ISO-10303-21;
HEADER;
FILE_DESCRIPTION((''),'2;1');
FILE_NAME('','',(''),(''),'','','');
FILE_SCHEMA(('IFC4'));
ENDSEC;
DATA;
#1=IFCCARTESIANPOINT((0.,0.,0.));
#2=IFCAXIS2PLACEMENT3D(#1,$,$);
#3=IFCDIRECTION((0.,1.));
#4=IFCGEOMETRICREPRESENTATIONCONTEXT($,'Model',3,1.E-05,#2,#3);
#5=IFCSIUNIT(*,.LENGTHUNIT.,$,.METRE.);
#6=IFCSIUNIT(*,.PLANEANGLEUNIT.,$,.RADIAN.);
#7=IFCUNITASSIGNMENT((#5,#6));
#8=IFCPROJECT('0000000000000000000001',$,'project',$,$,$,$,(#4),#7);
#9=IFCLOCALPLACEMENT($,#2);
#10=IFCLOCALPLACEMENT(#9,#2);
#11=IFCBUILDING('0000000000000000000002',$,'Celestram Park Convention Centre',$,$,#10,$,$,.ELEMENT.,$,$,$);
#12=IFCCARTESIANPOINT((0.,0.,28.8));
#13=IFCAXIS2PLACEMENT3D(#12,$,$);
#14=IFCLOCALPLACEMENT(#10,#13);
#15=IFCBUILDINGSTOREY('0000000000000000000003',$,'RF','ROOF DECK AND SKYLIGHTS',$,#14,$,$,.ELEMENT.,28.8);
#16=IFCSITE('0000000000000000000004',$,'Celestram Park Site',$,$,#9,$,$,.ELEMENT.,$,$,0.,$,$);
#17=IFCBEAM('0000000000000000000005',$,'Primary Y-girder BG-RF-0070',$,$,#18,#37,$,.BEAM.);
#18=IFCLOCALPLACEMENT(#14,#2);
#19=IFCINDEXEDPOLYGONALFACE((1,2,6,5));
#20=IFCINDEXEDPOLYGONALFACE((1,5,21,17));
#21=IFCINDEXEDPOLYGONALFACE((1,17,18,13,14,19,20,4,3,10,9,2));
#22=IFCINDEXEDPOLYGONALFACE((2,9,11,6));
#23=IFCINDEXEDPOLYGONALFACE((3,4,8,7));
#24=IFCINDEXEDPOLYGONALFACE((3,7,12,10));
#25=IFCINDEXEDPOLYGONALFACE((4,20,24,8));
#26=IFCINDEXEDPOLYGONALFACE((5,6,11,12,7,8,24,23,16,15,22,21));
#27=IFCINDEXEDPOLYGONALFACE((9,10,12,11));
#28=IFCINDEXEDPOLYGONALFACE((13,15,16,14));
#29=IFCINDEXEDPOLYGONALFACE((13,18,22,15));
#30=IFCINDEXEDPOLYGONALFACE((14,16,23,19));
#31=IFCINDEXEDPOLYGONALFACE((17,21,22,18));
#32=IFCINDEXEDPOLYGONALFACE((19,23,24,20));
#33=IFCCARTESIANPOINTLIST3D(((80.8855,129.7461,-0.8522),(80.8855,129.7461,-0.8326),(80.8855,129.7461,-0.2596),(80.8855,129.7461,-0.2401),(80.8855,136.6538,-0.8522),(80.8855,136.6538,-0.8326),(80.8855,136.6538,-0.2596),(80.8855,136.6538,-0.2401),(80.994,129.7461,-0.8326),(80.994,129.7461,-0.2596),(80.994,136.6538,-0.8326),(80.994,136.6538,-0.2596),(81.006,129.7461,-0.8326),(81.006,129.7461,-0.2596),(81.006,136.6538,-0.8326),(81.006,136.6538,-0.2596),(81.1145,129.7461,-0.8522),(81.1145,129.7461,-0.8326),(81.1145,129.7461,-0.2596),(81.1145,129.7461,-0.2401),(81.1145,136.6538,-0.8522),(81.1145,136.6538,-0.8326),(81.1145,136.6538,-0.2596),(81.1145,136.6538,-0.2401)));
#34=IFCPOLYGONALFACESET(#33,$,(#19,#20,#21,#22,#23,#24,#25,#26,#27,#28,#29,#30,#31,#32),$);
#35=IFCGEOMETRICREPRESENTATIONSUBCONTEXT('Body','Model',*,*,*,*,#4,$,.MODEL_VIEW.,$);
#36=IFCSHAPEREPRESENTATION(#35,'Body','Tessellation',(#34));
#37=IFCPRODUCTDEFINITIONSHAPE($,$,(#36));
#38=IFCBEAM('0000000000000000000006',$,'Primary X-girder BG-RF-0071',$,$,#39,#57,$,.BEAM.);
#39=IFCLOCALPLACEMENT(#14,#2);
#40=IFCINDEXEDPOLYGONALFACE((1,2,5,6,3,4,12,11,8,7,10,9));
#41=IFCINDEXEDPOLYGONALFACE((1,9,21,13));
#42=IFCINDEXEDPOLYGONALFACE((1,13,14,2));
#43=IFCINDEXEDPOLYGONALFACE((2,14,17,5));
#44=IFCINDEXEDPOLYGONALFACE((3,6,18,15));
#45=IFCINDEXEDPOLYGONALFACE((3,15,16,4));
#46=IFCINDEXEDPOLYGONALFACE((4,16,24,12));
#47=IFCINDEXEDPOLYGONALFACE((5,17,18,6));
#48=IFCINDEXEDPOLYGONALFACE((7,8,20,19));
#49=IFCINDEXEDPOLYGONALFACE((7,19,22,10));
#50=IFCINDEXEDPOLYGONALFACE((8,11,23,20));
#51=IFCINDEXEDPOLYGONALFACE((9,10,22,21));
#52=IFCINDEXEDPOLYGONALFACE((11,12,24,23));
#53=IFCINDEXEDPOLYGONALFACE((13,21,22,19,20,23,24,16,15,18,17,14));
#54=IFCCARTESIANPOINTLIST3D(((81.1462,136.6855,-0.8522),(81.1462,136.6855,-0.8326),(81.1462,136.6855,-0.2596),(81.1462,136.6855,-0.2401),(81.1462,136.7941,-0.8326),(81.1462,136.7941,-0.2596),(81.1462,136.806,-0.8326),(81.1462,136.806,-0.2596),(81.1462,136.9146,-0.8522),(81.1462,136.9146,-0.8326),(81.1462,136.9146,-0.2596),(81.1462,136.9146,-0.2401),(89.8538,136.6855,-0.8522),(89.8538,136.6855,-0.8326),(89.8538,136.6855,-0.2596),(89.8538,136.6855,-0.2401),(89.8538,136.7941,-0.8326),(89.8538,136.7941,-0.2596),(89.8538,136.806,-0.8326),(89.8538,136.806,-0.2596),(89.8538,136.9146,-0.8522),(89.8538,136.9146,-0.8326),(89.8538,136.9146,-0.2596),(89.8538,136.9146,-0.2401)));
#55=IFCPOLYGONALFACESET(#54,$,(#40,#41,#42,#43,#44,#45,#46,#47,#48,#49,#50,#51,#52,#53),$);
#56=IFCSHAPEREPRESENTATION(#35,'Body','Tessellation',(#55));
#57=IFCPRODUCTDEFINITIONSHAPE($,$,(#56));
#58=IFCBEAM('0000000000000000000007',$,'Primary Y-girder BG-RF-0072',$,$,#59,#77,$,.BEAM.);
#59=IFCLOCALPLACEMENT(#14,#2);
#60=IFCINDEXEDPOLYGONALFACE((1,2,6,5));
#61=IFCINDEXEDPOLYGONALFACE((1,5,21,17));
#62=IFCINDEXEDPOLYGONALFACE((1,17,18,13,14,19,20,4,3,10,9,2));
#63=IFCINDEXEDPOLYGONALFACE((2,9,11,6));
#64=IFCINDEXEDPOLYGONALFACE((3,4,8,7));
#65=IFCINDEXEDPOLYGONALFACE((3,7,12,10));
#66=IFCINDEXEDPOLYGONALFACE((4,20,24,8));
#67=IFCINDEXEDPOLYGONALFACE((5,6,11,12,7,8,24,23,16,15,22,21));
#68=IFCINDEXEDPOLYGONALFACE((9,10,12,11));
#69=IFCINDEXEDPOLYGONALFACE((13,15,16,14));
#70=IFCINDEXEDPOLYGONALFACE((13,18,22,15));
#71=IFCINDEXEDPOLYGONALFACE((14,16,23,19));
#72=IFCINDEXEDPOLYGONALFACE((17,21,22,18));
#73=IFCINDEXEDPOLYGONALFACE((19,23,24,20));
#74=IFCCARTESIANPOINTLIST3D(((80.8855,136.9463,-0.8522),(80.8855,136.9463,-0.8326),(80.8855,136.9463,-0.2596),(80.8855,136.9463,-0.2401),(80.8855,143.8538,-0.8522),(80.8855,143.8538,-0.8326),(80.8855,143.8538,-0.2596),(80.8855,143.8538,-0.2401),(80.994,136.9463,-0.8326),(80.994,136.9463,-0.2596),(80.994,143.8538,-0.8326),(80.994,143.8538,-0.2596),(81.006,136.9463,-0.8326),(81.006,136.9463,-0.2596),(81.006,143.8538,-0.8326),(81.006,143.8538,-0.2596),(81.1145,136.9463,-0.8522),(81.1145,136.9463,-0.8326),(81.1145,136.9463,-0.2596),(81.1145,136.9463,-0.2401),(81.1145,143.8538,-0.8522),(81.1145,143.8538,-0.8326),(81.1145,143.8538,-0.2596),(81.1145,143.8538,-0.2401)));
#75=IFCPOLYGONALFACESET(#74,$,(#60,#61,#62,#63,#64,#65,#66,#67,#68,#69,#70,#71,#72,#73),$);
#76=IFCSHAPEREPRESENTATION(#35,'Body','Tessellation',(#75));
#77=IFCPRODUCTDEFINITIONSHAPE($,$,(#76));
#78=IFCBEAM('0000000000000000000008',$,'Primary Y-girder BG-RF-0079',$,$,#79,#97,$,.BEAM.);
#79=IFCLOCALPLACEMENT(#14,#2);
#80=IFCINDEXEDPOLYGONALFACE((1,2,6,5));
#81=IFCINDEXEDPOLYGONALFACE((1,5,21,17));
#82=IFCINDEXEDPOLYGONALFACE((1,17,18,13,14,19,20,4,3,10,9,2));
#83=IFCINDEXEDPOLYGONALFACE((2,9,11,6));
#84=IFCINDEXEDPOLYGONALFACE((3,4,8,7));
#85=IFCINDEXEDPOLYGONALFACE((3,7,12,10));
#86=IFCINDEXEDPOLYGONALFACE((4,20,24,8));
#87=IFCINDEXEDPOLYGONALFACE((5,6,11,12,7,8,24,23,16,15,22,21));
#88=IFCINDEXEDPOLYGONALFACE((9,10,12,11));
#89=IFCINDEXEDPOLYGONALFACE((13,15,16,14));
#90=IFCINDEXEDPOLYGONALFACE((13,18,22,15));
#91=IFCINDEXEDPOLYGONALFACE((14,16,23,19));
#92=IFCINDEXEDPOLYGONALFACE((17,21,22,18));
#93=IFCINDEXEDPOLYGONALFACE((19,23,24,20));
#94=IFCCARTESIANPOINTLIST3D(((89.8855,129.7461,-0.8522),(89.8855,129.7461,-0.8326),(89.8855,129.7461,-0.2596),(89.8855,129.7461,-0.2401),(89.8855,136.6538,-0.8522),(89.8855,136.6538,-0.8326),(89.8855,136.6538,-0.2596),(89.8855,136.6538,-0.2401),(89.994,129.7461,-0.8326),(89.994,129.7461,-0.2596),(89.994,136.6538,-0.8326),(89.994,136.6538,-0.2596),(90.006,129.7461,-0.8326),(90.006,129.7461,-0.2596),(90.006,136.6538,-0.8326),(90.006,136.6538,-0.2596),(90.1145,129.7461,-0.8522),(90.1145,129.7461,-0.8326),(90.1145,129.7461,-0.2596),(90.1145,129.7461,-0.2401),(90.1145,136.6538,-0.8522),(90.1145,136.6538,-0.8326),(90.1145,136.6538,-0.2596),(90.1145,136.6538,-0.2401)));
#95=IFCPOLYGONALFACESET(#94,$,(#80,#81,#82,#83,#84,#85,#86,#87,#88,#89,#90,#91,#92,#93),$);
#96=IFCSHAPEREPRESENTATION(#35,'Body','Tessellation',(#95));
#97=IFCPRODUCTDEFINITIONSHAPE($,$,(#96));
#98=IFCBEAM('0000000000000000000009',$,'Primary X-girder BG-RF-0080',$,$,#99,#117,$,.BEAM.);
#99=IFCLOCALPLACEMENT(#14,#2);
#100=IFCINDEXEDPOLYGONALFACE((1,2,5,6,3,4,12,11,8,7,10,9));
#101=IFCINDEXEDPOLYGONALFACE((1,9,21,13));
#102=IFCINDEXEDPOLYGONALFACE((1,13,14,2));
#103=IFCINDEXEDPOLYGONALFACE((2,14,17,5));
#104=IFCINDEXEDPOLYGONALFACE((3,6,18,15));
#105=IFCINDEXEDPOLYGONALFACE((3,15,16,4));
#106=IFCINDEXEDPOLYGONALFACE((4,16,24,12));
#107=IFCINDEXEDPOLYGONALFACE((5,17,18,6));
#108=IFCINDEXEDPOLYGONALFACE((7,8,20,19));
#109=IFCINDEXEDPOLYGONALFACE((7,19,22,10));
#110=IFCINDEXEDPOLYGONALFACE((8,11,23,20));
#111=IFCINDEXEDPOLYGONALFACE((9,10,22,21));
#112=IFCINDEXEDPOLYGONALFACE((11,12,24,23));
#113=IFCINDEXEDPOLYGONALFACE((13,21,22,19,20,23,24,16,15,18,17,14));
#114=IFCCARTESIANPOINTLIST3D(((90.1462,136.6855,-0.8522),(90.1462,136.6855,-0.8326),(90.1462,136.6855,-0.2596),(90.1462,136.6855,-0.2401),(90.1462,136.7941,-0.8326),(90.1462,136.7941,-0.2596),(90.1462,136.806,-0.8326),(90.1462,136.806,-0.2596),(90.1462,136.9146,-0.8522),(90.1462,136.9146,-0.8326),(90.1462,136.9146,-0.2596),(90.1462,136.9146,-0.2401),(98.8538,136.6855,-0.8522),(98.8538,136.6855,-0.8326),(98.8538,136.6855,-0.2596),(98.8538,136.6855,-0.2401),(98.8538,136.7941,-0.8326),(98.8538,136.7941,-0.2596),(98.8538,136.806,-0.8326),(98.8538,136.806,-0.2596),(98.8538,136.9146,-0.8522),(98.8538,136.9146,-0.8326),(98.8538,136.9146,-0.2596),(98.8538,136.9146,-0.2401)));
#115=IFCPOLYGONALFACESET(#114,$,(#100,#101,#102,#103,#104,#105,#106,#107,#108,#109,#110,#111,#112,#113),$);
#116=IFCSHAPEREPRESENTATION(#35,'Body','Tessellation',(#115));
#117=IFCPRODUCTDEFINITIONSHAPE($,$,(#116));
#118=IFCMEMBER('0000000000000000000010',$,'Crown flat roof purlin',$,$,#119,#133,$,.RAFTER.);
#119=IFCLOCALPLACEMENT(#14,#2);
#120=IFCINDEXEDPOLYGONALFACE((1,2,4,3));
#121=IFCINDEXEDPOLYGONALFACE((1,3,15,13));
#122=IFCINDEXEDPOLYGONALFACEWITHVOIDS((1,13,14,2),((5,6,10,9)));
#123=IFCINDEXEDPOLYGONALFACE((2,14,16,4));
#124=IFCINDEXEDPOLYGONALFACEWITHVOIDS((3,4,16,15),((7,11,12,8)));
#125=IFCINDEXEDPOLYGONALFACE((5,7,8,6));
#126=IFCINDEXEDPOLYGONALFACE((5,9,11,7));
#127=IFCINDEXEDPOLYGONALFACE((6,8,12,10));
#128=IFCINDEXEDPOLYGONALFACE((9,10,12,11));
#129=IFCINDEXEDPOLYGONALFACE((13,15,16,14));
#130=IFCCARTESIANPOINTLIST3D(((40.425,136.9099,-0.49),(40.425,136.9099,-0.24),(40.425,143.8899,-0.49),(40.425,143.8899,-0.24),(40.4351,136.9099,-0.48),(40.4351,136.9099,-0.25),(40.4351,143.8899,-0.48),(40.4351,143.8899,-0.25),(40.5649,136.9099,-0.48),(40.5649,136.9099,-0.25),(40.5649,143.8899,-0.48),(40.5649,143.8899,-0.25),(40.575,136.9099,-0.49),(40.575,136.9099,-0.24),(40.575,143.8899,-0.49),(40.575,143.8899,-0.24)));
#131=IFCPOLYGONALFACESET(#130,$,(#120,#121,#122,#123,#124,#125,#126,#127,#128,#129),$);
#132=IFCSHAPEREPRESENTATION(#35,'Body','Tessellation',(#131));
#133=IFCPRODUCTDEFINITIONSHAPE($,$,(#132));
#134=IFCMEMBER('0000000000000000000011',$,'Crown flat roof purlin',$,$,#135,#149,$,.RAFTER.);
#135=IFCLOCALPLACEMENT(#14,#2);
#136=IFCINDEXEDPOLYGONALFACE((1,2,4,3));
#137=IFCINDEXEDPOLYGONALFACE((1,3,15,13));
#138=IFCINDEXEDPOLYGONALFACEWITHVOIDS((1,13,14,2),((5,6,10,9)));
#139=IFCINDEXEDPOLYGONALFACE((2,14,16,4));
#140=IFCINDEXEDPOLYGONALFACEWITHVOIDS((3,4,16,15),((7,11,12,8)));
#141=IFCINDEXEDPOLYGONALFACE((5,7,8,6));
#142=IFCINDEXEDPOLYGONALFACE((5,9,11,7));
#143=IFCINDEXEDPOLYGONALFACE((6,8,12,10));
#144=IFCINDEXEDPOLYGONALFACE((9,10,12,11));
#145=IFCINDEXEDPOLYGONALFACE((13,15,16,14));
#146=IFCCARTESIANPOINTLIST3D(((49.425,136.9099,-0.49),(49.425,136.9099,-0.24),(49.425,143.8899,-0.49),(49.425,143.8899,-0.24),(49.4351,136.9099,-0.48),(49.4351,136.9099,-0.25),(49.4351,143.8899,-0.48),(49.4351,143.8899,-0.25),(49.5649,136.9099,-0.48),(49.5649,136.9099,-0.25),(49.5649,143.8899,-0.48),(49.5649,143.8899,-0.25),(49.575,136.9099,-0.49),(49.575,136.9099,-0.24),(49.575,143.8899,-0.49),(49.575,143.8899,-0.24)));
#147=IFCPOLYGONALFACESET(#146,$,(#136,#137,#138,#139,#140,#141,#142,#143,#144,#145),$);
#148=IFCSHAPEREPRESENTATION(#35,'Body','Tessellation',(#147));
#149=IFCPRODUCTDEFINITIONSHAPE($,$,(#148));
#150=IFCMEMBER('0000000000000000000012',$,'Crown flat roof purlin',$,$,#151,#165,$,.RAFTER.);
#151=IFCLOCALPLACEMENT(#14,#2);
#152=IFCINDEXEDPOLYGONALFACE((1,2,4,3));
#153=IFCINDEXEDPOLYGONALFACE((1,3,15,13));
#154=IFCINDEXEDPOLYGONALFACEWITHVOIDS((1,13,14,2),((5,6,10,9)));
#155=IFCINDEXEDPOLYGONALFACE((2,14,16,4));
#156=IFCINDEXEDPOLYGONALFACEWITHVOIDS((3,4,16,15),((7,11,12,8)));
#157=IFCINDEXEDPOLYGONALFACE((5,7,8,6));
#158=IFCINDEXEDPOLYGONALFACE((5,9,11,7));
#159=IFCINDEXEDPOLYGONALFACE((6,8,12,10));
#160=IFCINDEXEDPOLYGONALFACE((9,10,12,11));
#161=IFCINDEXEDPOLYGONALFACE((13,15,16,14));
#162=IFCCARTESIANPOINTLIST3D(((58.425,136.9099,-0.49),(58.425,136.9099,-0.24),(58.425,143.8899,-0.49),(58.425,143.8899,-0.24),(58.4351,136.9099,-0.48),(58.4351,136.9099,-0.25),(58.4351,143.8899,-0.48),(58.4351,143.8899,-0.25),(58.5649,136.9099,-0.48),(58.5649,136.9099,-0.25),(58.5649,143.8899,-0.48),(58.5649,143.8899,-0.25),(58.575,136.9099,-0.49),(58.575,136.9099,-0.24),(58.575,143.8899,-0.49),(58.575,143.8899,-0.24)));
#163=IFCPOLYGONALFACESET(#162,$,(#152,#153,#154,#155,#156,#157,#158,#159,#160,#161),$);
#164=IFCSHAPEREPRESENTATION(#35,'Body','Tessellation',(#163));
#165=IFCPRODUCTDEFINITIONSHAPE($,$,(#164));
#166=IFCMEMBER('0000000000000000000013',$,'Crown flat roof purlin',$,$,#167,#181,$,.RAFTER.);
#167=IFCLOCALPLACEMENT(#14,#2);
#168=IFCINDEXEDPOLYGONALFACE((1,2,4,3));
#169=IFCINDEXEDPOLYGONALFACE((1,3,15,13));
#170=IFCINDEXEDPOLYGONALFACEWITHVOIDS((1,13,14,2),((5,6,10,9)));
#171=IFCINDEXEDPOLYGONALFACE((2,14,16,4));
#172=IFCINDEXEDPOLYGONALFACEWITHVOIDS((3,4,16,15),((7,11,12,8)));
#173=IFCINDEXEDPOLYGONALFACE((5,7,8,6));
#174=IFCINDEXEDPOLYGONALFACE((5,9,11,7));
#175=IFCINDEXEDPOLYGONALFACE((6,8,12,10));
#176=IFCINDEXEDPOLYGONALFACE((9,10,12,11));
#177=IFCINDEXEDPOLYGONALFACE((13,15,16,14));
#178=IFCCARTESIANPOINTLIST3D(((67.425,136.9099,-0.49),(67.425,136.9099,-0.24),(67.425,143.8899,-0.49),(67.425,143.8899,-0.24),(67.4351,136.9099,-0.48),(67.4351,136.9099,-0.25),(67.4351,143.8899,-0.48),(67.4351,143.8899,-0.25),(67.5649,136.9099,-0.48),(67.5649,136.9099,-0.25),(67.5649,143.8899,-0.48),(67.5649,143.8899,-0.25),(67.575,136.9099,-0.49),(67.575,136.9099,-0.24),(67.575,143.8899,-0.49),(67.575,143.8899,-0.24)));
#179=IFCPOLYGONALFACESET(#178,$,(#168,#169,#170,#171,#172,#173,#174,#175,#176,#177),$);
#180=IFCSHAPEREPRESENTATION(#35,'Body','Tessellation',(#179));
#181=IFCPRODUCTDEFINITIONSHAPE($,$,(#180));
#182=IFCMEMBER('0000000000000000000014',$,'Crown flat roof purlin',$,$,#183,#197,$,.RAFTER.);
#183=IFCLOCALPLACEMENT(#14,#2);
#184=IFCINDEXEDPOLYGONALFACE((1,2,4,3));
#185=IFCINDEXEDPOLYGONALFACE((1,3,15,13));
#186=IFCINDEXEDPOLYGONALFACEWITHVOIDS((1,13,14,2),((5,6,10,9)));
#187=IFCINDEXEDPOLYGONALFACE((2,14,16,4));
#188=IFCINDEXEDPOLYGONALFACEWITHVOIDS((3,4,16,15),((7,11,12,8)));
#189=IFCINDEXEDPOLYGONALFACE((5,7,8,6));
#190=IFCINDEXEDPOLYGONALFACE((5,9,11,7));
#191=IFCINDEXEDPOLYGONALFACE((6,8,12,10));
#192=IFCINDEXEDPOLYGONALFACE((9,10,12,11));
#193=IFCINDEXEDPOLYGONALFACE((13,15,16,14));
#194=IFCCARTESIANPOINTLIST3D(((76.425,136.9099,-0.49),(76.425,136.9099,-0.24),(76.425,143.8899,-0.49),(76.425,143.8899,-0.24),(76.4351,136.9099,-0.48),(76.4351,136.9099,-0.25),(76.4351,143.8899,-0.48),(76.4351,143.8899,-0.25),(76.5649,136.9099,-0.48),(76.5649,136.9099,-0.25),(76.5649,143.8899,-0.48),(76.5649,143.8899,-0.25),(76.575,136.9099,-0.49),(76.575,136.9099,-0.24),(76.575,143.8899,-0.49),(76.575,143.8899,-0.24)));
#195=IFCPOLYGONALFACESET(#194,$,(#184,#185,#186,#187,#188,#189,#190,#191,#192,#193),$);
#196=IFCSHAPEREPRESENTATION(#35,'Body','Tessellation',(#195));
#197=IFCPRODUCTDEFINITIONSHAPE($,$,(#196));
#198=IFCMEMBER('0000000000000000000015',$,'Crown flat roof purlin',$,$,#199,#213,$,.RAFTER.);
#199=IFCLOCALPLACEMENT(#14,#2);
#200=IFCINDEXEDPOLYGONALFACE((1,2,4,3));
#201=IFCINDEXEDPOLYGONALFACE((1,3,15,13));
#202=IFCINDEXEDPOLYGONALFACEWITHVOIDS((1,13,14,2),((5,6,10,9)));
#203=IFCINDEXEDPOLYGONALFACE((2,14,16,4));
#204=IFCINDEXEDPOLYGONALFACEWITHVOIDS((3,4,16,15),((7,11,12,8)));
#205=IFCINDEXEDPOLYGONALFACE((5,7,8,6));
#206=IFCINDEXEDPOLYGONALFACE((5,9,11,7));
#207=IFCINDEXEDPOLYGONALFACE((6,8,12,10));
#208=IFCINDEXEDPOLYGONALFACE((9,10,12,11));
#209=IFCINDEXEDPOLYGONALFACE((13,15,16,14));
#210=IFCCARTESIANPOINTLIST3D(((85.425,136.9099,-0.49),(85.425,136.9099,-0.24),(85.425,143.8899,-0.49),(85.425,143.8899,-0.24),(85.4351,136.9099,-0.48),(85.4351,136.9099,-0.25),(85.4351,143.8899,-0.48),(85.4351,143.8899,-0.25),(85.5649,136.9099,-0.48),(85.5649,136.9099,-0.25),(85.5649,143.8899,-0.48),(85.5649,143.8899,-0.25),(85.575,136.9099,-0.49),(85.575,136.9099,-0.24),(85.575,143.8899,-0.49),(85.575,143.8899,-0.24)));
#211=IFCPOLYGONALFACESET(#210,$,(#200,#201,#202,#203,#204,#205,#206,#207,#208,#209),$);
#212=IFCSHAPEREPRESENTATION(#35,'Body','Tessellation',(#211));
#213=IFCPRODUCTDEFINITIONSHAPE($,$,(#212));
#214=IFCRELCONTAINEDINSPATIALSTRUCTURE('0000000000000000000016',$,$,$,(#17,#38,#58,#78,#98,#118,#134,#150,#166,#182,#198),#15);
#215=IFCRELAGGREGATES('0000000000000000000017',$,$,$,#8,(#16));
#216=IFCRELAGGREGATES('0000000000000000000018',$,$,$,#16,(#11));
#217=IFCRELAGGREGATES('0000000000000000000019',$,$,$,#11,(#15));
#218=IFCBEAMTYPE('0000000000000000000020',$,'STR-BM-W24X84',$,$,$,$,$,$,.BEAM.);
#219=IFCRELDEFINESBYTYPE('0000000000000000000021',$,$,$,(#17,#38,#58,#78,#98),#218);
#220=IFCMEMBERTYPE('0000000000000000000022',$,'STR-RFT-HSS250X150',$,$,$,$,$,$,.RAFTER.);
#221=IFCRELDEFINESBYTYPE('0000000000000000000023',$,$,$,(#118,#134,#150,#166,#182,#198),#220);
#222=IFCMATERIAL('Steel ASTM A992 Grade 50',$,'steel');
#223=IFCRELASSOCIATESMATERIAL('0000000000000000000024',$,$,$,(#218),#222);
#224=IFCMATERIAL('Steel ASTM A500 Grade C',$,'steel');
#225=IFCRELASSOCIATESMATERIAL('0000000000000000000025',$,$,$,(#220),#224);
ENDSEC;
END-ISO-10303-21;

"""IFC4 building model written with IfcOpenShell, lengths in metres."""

from ifc_helpers import new_model, si_unit, direction, frame, origin, origin_2d, place, context, subcontext, project, spatial, hollow_rectangle, i_section, extrude, material, material_profile, profile_set, type_object, element, save


model = new_model("IFC4")

# Units and contexts
model_context = context("Model", 3, precision=1e-05, world=origin(), true_north=direction((0.0, 1.0)))
body_context = subcontext(model_context, "Body", "Model", "MODEL_VIEW")
ifc_project = project(units=[si_unit("LENGTHUNIT", "METRE"), si_unit("PLANEANGLEUNIT", "RADIAN")], contexts=[model_context])

# Site, building, storey
site_placement = place(None, origin())
site = spatial("IfcSite", under=ifc_project, at=site_placement, Name="Celestram Park Site", CompositionType="ELEMENT", RefElevation=0.0)
building_placement = place(site_placement, origin())
building = spatial("IfcBuilding", under=site, at=building_placement, Name="Celestram Park Convention Centre", CompositionType="ELEMENT")
storey_placement = place(building_placement, frame((0.0, 0.0, 28.8)))
storey = spatial("IfcBuildingStorey", under=building, at=storey_placement, Name="RF", Description="ROOF DECK AND SKYLIGHTS", CompositionType="ELEMENT", Elevation=28.8)

# Beams
ifc_material_1 = material(Name="Steel ASTM A992 Grade 50", Category="steel")
ifc_material_profile_1 = material_profile(ifc_material_1, i_section(OverallWidth=0.229, OverallDepth=0.6121, WebThickness=0.012, FlangeThickness=0.0195, at=origin_2d()), Name="W24X84")
ifc_profile_set_1 = profile_set([ifc_material_profile_1], Name="Steel ASTM A992 Grade 50")
beam_type_1 = type_object("IfcBeamType", Name="STR-BM-W24X84", PredefinedType="BEAM", material=ifc_profile_set_1)
beam_1_placement = place(storey_placement, frame((81.0, 129.7461, -0.5461), z_axis=(0.0, 1.0, 0.0), x_axis=(-1.0, 0.0, 0.0)))
element("IfcBeam", 1, at=beam_1_placement, inside=storey, type_object=beam_type_1, Name="Primary Y-girder BG-RF-0070", PredefinedType="BEAM", context=body_context, shape_type="SweptSolid", body=[
    extrude(i_section(OverallWidth=0.229, OverallDepth=0.6121, WebThickness=0.012, FlangeThickness=0.0195, at=origin_2d()), origin(), (0.0, 0.0, 1.0), 6.9077),
])
beam_2_placement = place(storey_placement, frame((81.1462, 136.8, -0.5461), z_axis=(1.0, 0.0, 0.0), x_axis=(0.0, 1.0, 0.0)))
element("IfcBeam", 2, at=beam_2_placement, inside=storey, type_object=beam_type_1, Name="Primary X-girder BG-RF-0071", PredefinedType="BEAM", context=body_context, shape_type="SweptSolid", body=[
    extrude(i_section(OverallWidth=0.229, OverallDepth=0.6121, WebThickness=0.012, FlangeThickness=0.0195, at=origin_2d()), origin(), (0.0, 0.0, 1.0), 8.7075),
])
beam_3_placement = place(storey_placement, frame((81.0, 136.9463, -0.5461), z_axis=(0.0, 1.0, 0.0), x_axis=(-1.0, 0.0, 0.0)))
element("IfcBeam", 3, at=beam_3_placement, inside=storey, type_object=beam_type_1, Name="Primary Y-girder BG-RF-0072", PredefinedType="BEAM", context=body_context, shape_type="SweptSolid", body=[
    extrude(i_section(OverallWidth=0.229, OverallDepth=0.6121, WebThickness=0.012, FlangeThickness=0.0195, at=origin_2d()), origin(), (0.0, 0.0, 1.0), 6.9075),
])
beam_4_placement = place(storey_placement, frame((90.0, 129.7461, -0.5461), z_axis=(0.0, 1.0, 0.0), x_axis=(-1.0, 0.0, 0.0)))
element("IfcBeam", 4, at=beam_4_placement, inside=storey, type_object=beam_type_1, Name="Primary Y-girder BG-RF-0079", PredefinedType="BEAM", context=body_context, shape_type="SweptSolid", body=[
    extrude(i_section(OverallWidth=0.229, OverallDepth=0.6121, WebThickness=0.012, FlangeThickness=0.0195, at=origin_2d()), origin(), (0.0, 0.0, 1.0), 6.9077),
])
beam_5_placement = place(storey_placement, frame((90.1462, 136.8, -0.5461), z_axis=(1.0, 0.0, 0.0), x_axis=(0.0, 1.0, 0.0)))
element("IfcBeam", 5, at=beam_5_placement, inside=storey, type_object=beam_type_1, Name="Primary X-girder BG-RF-0080", PredefinedType="BEAM", context=body_context, shape_type="SweptSolid", body=[
    extrude(i_section(OverallWidth=0.229, OverallDepth=0.6121, WebThickness=0.012, FlangeThickness=0.0195, at=origin_2d()), origin(), (0.0, 0.0, 1.0), 8.7075),
])

# Members
ifc_material_2 = material(Name="Steel ASTM A500 Grade C", Category="steel")
ifc_material_profile_2 = material_profile(ifc_material_2, hollow_rectangle(XDim=0.1499, YDim=0.25, WallThickness=0.01, at=origin_2d()), Name="HSS250X150X10")
ifc_profile_set_2 = profile_set([ifc_material_profile_2], Name="Steel ASTM A500 Grade C")
member_type = type_object("IfcMemberType", Name="STR-RFT-HSS250X150", PredefinedType="RAFTER", material=ifc_profile_set_2)
for number, where, z_axis, x_axis, name in (
    (6, (40.5, 136.9099, -0.365), (0.0, 1.0, 0.0), (-1.0, 0.0, 0.0), "Crown flat roof purlin"),
    (7, (49.5, 136.9099, -0.365), (0.0, 1.0, 0.0), (-1.0, 0.0, 0.0), "Crown flat roof purlin"),
    (8, (58.5, 136.9099, -0.365), (0.0, 1.0, 0.0), (-1.0, 0.0, 0.0), "Crown flat roof purlin"),
    (9, (67.5, 136.9099, -0.365), (0.0, 1.0, 0.0), (-1.0, 0.0, 0.0), "Crown flat roof purlin"),
    (10, (76.5, 136.9099, -0.365), (0.0, 1.0, 0.0), (-1.0, 0.0, 0.0), "Crown flat roof purlin"),
    (11, (85.5, 136.9099, -0.365), (0.0, 1.0, 0.0), (-1.0, 0.0, 0.0), "Crown flat roof purlin"),
):
    element("IfcMember", number, at=place(storey_placement, frame(where, z_axis=z_axis, x_axis=x_axis)), inside=storey, type_object=member_type, Name=name, PredefinedType="RAFTER", context=body_context, shape_type="SweptSolid", body=[
        extrude(hollow_rectangle(XDim=0.1499, YDim=0.25, WallThickness=0.01, at=origin_2d()), origin(), (0.0, 0.0, 1.0), 6.98),
    ])

save(model, "model.ifc")
